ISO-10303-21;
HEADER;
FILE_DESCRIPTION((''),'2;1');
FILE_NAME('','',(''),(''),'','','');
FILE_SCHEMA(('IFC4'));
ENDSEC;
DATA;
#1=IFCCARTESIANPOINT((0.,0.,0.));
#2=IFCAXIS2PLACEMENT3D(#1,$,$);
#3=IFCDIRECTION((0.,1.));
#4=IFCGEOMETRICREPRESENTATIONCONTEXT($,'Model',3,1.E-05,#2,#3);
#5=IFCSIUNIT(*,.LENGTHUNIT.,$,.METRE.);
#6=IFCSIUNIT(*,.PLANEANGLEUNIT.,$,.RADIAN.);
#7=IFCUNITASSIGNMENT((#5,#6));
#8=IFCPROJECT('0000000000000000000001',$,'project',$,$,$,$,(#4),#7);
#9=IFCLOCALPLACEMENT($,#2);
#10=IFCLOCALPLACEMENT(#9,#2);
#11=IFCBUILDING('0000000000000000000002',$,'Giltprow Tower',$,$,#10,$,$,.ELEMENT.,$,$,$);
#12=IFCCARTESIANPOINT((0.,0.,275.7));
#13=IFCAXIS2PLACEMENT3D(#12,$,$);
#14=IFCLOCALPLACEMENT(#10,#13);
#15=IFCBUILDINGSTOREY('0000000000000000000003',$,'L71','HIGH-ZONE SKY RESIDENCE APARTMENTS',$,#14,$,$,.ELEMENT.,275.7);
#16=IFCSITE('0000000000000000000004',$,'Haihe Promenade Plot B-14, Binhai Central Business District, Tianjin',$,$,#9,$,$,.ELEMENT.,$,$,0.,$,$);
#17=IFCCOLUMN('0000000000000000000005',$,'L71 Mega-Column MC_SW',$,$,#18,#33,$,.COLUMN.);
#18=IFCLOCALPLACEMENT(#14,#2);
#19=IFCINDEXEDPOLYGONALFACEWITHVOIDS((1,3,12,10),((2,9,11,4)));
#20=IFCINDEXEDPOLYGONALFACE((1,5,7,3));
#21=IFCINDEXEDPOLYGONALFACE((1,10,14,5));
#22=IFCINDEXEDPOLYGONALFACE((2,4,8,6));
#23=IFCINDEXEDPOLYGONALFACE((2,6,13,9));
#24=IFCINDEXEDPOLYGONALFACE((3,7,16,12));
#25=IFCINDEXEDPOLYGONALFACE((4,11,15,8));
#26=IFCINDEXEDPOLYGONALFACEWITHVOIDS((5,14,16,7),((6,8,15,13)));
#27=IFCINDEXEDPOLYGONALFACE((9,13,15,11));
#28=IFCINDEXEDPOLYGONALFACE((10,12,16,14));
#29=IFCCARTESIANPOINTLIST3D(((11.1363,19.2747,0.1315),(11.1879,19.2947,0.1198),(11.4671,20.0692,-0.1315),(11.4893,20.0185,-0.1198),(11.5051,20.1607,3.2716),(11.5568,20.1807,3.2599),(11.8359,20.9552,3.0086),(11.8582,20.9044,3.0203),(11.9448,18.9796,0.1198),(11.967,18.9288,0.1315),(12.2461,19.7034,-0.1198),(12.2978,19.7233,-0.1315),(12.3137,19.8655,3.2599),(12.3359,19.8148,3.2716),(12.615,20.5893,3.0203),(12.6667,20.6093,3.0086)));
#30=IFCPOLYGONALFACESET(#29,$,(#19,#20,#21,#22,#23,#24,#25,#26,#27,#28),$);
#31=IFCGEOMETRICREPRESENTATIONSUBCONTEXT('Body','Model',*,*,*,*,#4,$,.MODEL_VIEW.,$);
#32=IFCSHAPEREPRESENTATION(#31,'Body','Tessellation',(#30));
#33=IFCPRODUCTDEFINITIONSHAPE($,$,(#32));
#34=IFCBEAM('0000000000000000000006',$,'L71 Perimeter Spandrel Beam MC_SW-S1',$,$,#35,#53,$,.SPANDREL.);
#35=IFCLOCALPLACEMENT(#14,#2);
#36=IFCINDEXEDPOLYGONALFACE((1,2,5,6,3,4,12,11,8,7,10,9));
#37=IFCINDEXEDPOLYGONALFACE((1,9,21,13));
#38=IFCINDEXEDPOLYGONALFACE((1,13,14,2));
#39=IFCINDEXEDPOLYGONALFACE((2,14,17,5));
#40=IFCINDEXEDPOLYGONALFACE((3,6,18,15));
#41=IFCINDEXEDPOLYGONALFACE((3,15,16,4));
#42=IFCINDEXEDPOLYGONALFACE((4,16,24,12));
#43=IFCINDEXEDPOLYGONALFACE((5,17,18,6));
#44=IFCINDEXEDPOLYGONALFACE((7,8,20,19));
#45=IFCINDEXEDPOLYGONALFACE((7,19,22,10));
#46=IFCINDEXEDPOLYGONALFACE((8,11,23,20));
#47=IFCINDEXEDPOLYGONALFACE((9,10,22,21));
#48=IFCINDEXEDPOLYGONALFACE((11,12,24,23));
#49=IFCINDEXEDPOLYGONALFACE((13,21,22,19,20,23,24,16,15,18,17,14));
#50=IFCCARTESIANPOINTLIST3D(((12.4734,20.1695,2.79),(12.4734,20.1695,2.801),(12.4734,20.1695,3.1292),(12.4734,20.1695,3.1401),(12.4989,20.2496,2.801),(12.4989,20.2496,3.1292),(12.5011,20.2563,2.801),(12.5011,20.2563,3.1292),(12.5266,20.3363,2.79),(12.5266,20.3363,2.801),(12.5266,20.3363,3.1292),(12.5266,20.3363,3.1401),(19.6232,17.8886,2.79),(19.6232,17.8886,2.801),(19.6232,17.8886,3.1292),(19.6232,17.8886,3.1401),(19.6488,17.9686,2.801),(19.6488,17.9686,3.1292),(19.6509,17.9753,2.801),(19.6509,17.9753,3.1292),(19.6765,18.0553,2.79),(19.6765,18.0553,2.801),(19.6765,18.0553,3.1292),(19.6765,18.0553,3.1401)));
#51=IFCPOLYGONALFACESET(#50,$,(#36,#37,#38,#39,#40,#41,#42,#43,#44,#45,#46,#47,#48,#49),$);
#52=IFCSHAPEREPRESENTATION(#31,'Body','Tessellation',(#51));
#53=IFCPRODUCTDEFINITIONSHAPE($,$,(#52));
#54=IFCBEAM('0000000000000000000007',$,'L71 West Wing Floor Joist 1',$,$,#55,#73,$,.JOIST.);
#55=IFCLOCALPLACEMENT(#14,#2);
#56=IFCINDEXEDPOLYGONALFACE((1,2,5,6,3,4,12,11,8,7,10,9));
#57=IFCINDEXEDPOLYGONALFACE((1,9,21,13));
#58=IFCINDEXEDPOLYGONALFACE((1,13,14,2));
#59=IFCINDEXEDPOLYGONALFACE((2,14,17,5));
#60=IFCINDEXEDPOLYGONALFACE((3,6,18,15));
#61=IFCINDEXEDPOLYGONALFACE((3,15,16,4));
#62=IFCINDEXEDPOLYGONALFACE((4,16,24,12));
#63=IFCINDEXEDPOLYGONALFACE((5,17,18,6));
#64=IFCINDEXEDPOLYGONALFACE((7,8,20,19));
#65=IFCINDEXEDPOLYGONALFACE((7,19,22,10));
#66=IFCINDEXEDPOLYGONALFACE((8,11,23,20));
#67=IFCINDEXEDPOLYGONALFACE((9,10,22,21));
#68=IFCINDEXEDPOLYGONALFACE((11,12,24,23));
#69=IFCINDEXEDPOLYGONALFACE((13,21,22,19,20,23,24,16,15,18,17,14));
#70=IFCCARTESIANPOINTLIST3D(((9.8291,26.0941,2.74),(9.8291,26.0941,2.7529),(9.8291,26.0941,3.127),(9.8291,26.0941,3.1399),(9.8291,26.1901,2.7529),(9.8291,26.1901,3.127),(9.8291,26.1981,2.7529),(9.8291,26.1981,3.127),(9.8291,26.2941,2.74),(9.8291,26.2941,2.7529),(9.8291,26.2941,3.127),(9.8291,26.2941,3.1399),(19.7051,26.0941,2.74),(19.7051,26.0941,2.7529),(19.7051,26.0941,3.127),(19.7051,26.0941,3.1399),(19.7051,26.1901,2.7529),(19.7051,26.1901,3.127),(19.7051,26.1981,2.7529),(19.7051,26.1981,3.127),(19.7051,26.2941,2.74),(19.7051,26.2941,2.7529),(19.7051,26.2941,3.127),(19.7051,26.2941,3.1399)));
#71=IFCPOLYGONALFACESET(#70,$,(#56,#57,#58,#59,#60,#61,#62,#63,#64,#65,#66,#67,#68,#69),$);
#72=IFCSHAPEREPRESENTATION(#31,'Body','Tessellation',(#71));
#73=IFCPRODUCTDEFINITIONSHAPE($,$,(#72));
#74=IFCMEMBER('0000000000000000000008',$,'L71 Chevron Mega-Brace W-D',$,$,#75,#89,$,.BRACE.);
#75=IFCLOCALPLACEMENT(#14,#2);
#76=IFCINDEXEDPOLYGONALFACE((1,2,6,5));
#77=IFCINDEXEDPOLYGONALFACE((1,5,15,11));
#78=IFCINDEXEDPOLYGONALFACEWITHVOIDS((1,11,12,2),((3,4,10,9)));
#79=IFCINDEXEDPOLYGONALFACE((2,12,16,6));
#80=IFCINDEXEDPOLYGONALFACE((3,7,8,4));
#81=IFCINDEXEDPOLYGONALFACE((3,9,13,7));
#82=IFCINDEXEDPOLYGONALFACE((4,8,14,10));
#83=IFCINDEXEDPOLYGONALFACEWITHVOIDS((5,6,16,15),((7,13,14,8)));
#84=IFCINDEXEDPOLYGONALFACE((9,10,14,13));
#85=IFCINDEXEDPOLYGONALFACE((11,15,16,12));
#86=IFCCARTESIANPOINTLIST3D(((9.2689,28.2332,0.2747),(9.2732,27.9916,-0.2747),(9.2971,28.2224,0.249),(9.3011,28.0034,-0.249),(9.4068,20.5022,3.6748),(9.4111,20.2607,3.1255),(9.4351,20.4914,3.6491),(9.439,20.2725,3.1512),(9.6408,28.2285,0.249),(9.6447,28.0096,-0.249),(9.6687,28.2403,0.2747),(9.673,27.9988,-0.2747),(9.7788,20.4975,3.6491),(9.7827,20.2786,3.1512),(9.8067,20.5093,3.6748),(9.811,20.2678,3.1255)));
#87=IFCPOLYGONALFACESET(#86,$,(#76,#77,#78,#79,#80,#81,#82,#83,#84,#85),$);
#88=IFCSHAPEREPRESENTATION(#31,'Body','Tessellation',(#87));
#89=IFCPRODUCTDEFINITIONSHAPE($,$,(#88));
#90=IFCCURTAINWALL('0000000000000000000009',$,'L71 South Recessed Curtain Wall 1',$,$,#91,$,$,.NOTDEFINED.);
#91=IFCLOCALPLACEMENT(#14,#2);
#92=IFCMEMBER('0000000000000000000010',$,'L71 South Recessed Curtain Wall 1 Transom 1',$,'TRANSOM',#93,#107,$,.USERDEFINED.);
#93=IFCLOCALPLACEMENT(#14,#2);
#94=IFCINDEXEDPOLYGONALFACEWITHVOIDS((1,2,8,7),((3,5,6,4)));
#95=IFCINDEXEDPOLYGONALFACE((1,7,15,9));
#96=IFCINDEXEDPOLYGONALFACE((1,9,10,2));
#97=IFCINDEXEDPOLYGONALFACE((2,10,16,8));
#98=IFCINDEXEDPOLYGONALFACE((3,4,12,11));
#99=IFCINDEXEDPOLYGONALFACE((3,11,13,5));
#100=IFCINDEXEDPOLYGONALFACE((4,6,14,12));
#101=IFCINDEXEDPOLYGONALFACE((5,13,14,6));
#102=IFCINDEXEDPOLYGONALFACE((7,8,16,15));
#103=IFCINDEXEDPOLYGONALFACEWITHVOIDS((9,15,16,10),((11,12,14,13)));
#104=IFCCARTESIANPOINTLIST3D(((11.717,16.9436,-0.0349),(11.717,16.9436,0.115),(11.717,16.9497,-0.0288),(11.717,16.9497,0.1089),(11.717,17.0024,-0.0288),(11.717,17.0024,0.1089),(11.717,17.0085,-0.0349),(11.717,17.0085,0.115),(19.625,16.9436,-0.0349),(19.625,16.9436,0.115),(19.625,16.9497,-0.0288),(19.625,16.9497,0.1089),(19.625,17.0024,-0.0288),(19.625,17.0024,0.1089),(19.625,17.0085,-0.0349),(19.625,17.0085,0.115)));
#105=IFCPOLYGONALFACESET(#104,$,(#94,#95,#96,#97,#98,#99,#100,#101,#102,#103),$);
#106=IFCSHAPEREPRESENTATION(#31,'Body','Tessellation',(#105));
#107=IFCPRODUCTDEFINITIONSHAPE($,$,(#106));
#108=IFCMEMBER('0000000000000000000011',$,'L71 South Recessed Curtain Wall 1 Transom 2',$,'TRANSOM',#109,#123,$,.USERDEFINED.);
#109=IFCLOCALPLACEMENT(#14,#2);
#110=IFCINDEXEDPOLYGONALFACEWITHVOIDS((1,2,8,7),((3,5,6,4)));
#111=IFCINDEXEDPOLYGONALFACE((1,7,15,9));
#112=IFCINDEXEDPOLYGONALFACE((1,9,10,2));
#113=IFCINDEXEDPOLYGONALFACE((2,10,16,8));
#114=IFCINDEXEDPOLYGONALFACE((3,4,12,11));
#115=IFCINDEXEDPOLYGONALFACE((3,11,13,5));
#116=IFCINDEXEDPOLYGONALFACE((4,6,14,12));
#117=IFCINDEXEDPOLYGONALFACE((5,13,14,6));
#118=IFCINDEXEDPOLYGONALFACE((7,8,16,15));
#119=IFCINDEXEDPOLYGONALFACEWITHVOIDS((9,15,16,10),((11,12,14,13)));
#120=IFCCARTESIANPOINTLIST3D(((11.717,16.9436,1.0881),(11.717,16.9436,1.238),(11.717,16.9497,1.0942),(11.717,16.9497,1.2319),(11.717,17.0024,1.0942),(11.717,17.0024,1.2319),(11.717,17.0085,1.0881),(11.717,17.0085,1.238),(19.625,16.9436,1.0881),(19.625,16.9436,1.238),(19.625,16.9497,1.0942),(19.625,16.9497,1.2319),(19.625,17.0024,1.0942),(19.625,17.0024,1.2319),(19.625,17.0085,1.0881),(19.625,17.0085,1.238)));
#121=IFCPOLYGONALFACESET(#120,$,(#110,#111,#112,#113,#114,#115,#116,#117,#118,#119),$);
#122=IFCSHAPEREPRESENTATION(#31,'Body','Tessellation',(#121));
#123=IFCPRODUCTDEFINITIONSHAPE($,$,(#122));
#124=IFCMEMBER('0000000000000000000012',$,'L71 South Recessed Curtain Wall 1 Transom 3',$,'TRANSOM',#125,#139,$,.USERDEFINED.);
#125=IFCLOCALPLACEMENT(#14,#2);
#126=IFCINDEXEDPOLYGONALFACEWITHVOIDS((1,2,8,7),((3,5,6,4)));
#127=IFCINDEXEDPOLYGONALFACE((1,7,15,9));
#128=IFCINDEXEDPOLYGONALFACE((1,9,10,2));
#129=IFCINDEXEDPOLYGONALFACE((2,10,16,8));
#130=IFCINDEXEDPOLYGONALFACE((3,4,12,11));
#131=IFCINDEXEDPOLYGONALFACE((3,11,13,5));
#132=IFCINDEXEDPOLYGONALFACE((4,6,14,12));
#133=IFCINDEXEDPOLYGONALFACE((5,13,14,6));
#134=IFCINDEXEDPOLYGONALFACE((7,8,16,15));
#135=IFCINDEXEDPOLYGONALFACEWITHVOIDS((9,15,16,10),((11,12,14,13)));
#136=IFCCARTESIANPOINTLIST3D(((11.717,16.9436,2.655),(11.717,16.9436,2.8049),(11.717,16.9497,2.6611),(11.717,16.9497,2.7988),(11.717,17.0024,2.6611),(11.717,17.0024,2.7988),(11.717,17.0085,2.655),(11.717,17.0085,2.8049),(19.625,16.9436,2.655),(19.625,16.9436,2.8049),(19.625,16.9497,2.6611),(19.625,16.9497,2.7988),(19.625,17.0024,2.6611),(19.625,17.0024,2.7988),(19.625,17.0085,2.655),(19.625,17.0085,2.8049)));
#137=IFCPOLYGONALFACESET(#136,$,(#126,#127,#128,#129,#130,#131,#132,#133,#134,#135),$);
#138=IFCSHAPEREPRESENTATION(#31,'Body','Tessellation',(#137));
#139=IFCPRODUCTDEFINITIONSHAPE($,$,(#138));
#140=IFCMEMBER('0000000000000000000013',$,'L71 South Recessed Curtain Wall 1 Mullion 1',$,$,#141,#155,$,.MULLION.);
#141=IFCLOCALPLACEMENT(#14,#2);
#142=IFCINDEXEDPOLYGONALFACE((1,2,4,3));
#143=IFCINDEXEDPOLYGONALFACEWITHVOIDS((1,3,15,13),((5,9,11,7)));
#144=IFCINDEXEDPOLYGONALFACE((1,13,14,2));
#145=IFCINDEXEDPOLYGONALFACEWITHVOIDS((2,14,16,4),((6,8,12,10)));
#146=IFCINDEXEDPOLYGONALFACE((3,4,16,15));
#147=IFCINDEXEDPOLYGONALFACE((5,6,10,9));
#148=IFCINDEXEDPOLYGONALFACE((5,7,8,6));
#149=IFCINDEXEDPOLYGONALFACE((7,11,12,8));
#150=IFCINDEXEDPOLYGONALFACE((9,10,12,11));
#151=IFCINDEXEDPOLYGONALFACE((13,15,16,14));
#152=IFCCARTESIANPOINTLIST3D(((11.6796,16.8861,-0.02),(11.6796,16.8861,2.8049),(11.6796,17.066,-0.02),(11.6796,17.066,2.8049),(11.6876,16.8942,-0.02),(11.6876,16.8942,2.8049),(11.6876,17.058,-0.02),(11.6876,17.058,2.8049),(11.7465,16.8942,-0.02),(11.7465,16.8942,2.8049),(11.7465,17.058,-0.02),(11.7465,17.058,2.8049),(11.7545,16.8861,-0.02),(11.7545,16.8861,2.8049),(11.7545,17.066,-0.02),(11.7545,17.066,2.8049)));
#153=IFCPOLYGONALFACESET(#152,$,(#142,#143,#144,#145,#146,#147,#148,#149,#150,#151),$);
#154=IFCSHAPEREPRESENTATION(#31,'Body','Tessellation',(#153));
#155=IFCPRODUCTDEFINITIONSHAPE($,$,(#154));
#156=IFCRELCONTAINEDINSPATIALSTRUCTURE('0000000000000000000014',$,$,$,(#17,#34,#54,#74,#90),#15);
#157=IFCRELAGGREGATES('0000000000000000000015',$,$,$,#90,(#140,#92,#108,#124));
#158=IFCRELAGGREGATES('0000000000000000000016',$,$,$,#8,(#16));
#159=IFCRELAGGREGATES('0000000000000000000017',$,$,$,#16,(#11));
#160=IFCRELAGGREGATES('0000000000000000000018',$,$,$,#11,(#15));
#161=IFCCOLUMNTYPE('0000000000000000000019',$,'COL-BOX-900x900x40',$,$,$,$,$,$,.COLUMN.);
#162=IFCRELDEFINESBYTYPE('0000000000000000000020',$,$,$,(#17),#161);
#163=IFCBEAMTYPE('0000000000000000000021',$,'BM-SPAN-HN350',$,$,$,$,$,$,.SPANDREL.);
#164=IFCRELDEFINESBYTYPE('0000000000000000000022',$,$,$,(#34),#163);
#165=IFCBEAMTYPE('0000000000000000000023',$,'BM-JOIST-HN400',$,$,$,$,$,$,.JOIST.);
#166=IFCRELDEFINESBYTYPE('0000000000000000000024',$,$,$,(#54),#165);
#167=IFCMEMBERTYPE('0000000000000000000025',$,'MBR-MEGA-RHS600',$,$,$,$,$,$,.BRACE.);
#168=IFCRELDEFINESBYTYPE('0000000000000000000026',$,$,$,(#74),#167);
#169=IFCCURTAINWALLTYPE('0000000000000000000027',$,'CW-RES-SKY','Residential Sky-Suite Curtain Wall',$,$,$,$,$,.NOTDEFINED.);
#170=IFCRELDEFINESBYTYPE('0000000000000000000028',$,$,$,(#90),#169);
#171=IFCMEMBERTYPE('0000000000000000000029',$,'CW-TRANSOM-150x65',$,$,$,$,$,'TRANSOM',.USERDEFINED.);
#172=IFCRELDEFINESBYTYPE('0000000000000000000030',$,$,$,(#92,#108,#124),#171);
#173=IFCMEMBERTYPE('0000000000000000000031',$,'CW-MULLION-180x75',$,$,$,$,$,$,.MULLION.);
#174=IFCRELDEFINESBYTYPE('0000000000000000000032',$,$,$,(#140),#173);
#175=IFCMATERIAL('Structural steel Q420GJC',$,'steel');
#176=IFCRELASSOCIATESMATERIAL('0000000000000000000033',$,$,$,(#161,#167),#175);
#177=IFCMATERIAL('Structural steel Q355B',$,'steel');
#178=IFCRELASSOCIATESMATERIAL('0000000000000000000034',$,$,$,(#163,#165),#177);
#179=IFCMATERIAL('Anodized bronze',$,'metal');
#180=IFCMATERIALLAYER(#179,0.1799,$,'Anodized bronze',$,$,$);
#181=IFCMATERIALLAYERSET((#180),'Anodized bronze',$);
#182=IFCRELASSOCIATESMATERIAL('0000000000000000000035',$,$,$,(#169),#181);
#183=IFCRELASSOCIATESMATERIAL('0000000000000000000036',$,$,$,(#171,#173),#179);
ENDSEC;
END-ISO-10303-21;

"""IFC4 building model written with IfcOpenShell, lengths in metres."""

from ifc_helpers import new_model, si_unit, direction, frame, origin, origin_2d, place, context, subcontext, project, spatial, hollow_rectangle, i_section, extrude, source, transform, mapped, material, layer, layer_set, material_profile, profile_set, type_object, element, aggregate, save


model = new_model("IFC4")

# Units and contexts
model_context = context("Model", 3, precision=1e-05, world=origin(), true_north=direction((0.0, 1.0)))
body_context = subcontext(model_context, "Body", "Model", "MODEL_VIEW")
ifc_project = project(units=[si_unit("LENGTHUNIT", "METRE"), si_unit("PLANEANGLEUNIT", "RADIAN")], contexts=[model_context])

# Site, building, storey
site_placement = place(None, origin())
site = spatial("IfcSite", under=ifc_project, at=site_placement, Name="Haihe Promenade Plot B-14, Binhai Central Business District, Tianjin", CompositionType="ELEMENT", RefElevation=0.0)
building_placement = place(site_placement, origin())
building = spatial("IfcBuilding", under=site, at=building_placement, Name="Giltprow Tower", CompositionType="ELEMENT")
storey_placement = place(building_placement, frame((0.0, 0.0, 275.7)))
storey = spatial("IfcBuildingStorey", under=building, at=storey_placement, Name="L71", Description="HIGH-ZONE SKY RESIDENCE APARTMENTS", CompositionType="ELEMENT", Elevation=275.7)

# Column
ifc_material_1 = material(Name="Structural steel Q420GJC", Category="steel")
ifc_material_profile_1 = material_profile(ifc_material_1, hollow_rectangle(XDim=0.8999, YDim=0.8999, WallThickness=0.04, at=origin_2d()), Name="BOX 900x900x40")
ifc_profile_set_1 = profile_set([ifc_material_profile_1], Name="Structural steel Q420GJC")
column_type = type_object("IfcColumnType", Name="COL-BOX-900x900x40", PredefinedType="COLUMN", material=ifc_profile_set_1)
shared_shape_1 = source(origin(), body_context, "Body", "SweptSolid", [
    extrude(hollow_rectangle(XDim=0.8999, YDim=0.8999, WallThickness=0.04, at=origin_2d()), origin(), (0.0, 0.0, 1.0), 3.2834),
])
column_placement = place(storey_placement, frame((11.717, 19.499, 0.0), z_axis=(0.112348, 0.269828, 0.956332), x_axis=(-0.923175, 0.384381, 0.0)))
element("IfcColumn", 1, at=column_placement, inside=storey, type_object=column_type, Name="L71 Mega-Column MC_SW", PredefinedType="COLUMN", context=body_context, shape_type="MappedRepresentation", body=[
    mapped(shared_shape_1, transform((0.0, 0.0, 0.0), x_axis=(1.0, 0.0, 0.0), y_axis=(0.0, 1.0, 0.0), z_axis=(0.0, 0.0, 1.0), scale=1.0)),
])

# Beams
ifc_material_2 = material(Name="Structural steel Q355B", Category="steel")
ifc_material_profile_2 = material_profile(ifc_material_2, i_section(OverallWidth=0.175, OverallDepth=0.3501, WebThickness=0.0071, FlangeThickness=0.011, at=origin_2d()), Name="HN 350x175x7x11")
ifc_profile_set_2 = profile_set([ifc_material_profile_2], Name="Structural steel Q355B")
beam_type_1 = type_object("IfcBeamType", Name="BM-SPAN-HN350", PredefinedType="SPANDREL", material=ifc_profile_set_2)
shared_shape_2 = source(origin(), body_context, "Body", "SweptSolid", [
    extrude(i_section(OverallWidth=0.175, OverallDepth=0.3501, WebThickness=0.0071, FlangeThickness=0.011, at=origin_2d()), origin(), (0.0, 0.0, 1.0), 7.5049),
])
beam_1_placement = place(storey_placement, frame((12.5, 20.2529, 2.9651), z_axis=(0.952693, -0.303934, 0.0), x_axis=(0.303934, 0.952693, 0.0)))
element("IfcBeam", 2, at=beam_1_placement, inside=storey, type_object=beam_type_1, Name="L71 Perimeter Spandrel Beam MC_SW-S1", PredefinedType="SPANDREL", context=body_context, shape_type="MappedRepresentation", body=[
    mapped(shared_shape_2, transform((0.0, 0.0, 0.0), x_axis=(1.0, 0.0, 0.0), y_axis=(0.0, 1.0, 0.0), z_axis=(0.0, 0.0, 1.0), scale=1.0)),
])
ifc_material_profile_3 = material_profile(ifc_material_2, i_section(OverallWidth=0.2, OverallDepth=0.3999, WebThickness=0.0081, FlangeThickness=0.0129, at=origin_2d()), Name="HN 400x200x8x13")
ifc_profile_set_3 = profile_set([ifc_material_profile_3], Name="Structural steel Q355B")
beam_type_2 = type_object("IfcBeamType", Name="BM-JOIST-HN400", PredefinedType="JOIST", material=ifc_profile_set_3)
shared_shape_3 = source(origin(), body_context, "Body", "SweptSolid", [
    extrude(i_section(OverallWidth=0.2, OverallDepth=0.3999, WebThickness=0.0081, FlangeThickness=0.0129, at=origin_2d()), origin(), (0.0, 0.0, 1.0), 9.876),
])
beam_2_placement = place(storey_placement, frame((9.8291, 26.1941, 2.9399), z_axis=(1.0, 0.0, 0.0), x_axis=(0.0, 1.0, 0.0)))
element("IfcBeam", 3, at=beam_2_placement, inside=storey, type_object=beam_type_2, Name="L71 West Wing Floor Joist 1", PredefinedType="JOIST", context=body_context, shape_type="MappedRepresentation", body=[
    mapped(shared_shape_3, transform((0.0, 0.0, 0.0), x_axis=(1.0, 0.0, 0.0), y_axis=(0.0, 1.0, 0.0), z_axis=(0.0, 0.0, 1.0), scale=1.0)),
])

# Member
ifc_material_profile_4 = material_profile(ifc_material_1, hollow_rectangle(XDim=0.3999, YDim=0.6001, WallThickness=0.0281, at=origin_2d()), Name="RHS 600x400x28")
ifc_profile_set_4 = profile_set([ifc_material_profile_4], Name="Structural steel Q420GJC")
member_type_1 = type_object("IfcMemberType", Name="MBR-MEGA-RHS600", PredefinedType="BRACE", material=ifc_profile_set_4)
shared_shape_4 = source(origin(), body_context, "Body", "SweptSolid", [
    extrude(hollow_rectangle(XDim=0.3999, YDim=0.6001, WallThickness=0.0281, at=origin_2d()), origin(), (0.0, 0.0, 1.0), 8.4468),
])
member_1_placement = place(storey_placement, frame((9.4709, 28.116, 0.0), z_axis=(0.01633, -0.915257, 0.402539), x_axis=(0.999841, 0.01784, 0.0)))
element("IfcMember", 4, at=member_1_placement, inside=storey, type_object=member_type_1, Name="L71 Chevron Mega-Brace W-D", PredefinedType="BRACE", context=body_context, shape_type="MappedRepresentation", body=[
    mapped(shared_shape_4, transform((0.0, 0.0, 0.0), x_axis=(1.0, 0.0, 0.0), y_axis=(0.0, 1.0, 0.0), z_axis=(0.0, 0.0, 1.0), scale=1.0)),
])

# Curtain wall, members
ifc_material_3 = material(Name="Anodized bronze", Category="metal")
ifc_layer_1 = layer(ifc_material_3, 0.1799, Name="Anodized bronze")
ifc_layer_set_1 = layer_set([ifc_layer_1], Name="Anodized bronze")
curtain_wall_type = type_object("IfcCurtainWallType", Name="CW-RES-SKY", Description="Residential Sky-Suite Curtain Wall", PredefinedType="NOTDEFINED", material=ifc_layer_set_1)
curtain_wall_placement = place(storey_placement, origin())
curtain_wall = element("IfcCurtainWall", 5, at=curtain_wall_placement, inside=storey, type_object=curtain_wall_type, Name="L71 South Recessed Curtain Wall 1", PredefinedType="NOTDEFINED")
ifc_material_profile_5 = material_profile(ifc_material_3, hollow_rectangle(XDim=0.0649, YDim=0.1499, WallThickness=0.0061, at=origin_2d()), Name="RHS 150x65x6")
ifc_profile_set_5 = profile_set([ifc_material_profile_5], Name="Anodized bronze")
member_type_2 = type_object("IfcMemberType", Name="CW-TRANSOM-150x65", ElementType="TRANSOM", PredefinedType="USERDEFINED", material=ifc_profile_set_5)
shared_shape_5 = source(origin(), body_context, "Body", "SweptSolid", [
    extrude(hollow_rectangle(XDim=0.0649, YDim=0.1499, WallThickness=0.0061, at=origin_2d()), origin(), (0.0, 0.0, 1.0), 7.908),
])
member_2_placement = place(storey_placement, frame((11.717, 16.9761, 0.04), z_axis=(1.0, 0.0, 0.0), x_axis=(0.0, 1.0, 0.0)))
member_2 = element("IfcMember", 6, at=member_2_placement, type_object=member_type_2, Name="L71 South Recessed Curtain Wall 1 Transom 1", ObjectType="TRANSOM", PredefinedType="USERDEFINED", context=body_context, shape_type="MappedRepresentation", body=[
    mapped(shared_shape_5, transform((0.0, 0.0, 0.0), x_axis=(1.0, 0.0, 0.0), y_axis=(0.0, 1.0, 0.0), z_axis=(0.0, 0.0, 1.0), scale=1.0)),
])
member_3_placement = place(storey_placement, frame((11.717, 16.9761, 1.1631), z_axis=(1.0, 0.0, 0.0), x_axis=(0.0, 1.0, 0.0)))
member_3 = element("IfcMember", 7, at=member_3_placement, type_object=member_type_2, Name="L71 South Recessed Curtain Wall 1 Transom 2", ObjectType="TRANSOM", PredefinedType="USERDEFINED", context=body_context, shape_type="MappedRepresentation", body=[
    mapped(shared_shape_5, transform((0.0, 0.0, 0.0), x_axis=(1.0, 0.0, 0.0), y_axis=(0.0, 1.0, 0.0), z_axis=(0.0, 0.0, 1.0), scale=1.0)),
])
member_4_placement = place(storey_placement, frame((11.717, 16.9761, 2.73), z_axis=(1.0, 0.0, 0.0), x_axis=(0.0, 1.0, 0.0)))
member_4 = element("IfcMember", 8, at=member_4_placement, type_object=member_type_2, Name="L71 South Recessed Curtain Wall 1 Transom 3", ObjectType="TRANSOM", PredefinedType="USERDEFINED", context=body_context, shape_type="MappedRepresentation", body=[
    mapped(shared_shape_5, transform((0.0, 0.0, 0.0), x_axis=(1.0, 0.0, 0.0), y_axis=(0.0, 1.0, 0.0), z_axis=(0.0, 0.0, 1.0), scale=1.0)),
])
ifc_material_profile_6 = material_profile(ifc_material_3, hollow_rectangle(XDim=0.075, YDim=0.1799, WallThickness=0.0081, at=origin_2d()), Name="RHS 180x75x8")
ifc_profile_set_6 = profile_set([ifc_material_profile_6], Name="Anodized bronze")
member_type_3 = type_object("IfcMemberType", Name="CW-MULLION-180x75", PredefinedType="MULLION", material=ifc_profile_set_6)
shared_shape_6 = source(origin(), body_context, "Body", "SweptSolid", [
    extrude(hollow_rectangle(XDim=0.075, YDim=0.1799, WallThickness=0.0081, at=origin_2d()), origin(), (0.0, 0.0, 1.0), 2.825),
])
member_5_placement = place(storey_placement, frame((11.717, 16.9761, -0.02), z_axis=(0.0, 0.0, 1.0), x_axis=(1.0, 0.0, 0.0)))
member_5 = element("IfcMember", 9, at=member_5_placement, type_object=member_type_3, Name="L71 South Recessed Curtain Wall 1 Mullion 1", PredefinedType="MULLION", context=body_context, shape_type="MappedRepresentation", body=[
    mapped(shared_shape_6, transform((0.0, 0.0, 0.0), x_axis=(1.0, 0.0, 0.0), y_axis=(0.0, 1.0, 0.0), z_axis=(0.0, 0.0, 1.0), scale=1.0)),
])

aggregate(curtain_wall, [member_5, member_2, member_3, member_4])

save(model, "model.ifc")
